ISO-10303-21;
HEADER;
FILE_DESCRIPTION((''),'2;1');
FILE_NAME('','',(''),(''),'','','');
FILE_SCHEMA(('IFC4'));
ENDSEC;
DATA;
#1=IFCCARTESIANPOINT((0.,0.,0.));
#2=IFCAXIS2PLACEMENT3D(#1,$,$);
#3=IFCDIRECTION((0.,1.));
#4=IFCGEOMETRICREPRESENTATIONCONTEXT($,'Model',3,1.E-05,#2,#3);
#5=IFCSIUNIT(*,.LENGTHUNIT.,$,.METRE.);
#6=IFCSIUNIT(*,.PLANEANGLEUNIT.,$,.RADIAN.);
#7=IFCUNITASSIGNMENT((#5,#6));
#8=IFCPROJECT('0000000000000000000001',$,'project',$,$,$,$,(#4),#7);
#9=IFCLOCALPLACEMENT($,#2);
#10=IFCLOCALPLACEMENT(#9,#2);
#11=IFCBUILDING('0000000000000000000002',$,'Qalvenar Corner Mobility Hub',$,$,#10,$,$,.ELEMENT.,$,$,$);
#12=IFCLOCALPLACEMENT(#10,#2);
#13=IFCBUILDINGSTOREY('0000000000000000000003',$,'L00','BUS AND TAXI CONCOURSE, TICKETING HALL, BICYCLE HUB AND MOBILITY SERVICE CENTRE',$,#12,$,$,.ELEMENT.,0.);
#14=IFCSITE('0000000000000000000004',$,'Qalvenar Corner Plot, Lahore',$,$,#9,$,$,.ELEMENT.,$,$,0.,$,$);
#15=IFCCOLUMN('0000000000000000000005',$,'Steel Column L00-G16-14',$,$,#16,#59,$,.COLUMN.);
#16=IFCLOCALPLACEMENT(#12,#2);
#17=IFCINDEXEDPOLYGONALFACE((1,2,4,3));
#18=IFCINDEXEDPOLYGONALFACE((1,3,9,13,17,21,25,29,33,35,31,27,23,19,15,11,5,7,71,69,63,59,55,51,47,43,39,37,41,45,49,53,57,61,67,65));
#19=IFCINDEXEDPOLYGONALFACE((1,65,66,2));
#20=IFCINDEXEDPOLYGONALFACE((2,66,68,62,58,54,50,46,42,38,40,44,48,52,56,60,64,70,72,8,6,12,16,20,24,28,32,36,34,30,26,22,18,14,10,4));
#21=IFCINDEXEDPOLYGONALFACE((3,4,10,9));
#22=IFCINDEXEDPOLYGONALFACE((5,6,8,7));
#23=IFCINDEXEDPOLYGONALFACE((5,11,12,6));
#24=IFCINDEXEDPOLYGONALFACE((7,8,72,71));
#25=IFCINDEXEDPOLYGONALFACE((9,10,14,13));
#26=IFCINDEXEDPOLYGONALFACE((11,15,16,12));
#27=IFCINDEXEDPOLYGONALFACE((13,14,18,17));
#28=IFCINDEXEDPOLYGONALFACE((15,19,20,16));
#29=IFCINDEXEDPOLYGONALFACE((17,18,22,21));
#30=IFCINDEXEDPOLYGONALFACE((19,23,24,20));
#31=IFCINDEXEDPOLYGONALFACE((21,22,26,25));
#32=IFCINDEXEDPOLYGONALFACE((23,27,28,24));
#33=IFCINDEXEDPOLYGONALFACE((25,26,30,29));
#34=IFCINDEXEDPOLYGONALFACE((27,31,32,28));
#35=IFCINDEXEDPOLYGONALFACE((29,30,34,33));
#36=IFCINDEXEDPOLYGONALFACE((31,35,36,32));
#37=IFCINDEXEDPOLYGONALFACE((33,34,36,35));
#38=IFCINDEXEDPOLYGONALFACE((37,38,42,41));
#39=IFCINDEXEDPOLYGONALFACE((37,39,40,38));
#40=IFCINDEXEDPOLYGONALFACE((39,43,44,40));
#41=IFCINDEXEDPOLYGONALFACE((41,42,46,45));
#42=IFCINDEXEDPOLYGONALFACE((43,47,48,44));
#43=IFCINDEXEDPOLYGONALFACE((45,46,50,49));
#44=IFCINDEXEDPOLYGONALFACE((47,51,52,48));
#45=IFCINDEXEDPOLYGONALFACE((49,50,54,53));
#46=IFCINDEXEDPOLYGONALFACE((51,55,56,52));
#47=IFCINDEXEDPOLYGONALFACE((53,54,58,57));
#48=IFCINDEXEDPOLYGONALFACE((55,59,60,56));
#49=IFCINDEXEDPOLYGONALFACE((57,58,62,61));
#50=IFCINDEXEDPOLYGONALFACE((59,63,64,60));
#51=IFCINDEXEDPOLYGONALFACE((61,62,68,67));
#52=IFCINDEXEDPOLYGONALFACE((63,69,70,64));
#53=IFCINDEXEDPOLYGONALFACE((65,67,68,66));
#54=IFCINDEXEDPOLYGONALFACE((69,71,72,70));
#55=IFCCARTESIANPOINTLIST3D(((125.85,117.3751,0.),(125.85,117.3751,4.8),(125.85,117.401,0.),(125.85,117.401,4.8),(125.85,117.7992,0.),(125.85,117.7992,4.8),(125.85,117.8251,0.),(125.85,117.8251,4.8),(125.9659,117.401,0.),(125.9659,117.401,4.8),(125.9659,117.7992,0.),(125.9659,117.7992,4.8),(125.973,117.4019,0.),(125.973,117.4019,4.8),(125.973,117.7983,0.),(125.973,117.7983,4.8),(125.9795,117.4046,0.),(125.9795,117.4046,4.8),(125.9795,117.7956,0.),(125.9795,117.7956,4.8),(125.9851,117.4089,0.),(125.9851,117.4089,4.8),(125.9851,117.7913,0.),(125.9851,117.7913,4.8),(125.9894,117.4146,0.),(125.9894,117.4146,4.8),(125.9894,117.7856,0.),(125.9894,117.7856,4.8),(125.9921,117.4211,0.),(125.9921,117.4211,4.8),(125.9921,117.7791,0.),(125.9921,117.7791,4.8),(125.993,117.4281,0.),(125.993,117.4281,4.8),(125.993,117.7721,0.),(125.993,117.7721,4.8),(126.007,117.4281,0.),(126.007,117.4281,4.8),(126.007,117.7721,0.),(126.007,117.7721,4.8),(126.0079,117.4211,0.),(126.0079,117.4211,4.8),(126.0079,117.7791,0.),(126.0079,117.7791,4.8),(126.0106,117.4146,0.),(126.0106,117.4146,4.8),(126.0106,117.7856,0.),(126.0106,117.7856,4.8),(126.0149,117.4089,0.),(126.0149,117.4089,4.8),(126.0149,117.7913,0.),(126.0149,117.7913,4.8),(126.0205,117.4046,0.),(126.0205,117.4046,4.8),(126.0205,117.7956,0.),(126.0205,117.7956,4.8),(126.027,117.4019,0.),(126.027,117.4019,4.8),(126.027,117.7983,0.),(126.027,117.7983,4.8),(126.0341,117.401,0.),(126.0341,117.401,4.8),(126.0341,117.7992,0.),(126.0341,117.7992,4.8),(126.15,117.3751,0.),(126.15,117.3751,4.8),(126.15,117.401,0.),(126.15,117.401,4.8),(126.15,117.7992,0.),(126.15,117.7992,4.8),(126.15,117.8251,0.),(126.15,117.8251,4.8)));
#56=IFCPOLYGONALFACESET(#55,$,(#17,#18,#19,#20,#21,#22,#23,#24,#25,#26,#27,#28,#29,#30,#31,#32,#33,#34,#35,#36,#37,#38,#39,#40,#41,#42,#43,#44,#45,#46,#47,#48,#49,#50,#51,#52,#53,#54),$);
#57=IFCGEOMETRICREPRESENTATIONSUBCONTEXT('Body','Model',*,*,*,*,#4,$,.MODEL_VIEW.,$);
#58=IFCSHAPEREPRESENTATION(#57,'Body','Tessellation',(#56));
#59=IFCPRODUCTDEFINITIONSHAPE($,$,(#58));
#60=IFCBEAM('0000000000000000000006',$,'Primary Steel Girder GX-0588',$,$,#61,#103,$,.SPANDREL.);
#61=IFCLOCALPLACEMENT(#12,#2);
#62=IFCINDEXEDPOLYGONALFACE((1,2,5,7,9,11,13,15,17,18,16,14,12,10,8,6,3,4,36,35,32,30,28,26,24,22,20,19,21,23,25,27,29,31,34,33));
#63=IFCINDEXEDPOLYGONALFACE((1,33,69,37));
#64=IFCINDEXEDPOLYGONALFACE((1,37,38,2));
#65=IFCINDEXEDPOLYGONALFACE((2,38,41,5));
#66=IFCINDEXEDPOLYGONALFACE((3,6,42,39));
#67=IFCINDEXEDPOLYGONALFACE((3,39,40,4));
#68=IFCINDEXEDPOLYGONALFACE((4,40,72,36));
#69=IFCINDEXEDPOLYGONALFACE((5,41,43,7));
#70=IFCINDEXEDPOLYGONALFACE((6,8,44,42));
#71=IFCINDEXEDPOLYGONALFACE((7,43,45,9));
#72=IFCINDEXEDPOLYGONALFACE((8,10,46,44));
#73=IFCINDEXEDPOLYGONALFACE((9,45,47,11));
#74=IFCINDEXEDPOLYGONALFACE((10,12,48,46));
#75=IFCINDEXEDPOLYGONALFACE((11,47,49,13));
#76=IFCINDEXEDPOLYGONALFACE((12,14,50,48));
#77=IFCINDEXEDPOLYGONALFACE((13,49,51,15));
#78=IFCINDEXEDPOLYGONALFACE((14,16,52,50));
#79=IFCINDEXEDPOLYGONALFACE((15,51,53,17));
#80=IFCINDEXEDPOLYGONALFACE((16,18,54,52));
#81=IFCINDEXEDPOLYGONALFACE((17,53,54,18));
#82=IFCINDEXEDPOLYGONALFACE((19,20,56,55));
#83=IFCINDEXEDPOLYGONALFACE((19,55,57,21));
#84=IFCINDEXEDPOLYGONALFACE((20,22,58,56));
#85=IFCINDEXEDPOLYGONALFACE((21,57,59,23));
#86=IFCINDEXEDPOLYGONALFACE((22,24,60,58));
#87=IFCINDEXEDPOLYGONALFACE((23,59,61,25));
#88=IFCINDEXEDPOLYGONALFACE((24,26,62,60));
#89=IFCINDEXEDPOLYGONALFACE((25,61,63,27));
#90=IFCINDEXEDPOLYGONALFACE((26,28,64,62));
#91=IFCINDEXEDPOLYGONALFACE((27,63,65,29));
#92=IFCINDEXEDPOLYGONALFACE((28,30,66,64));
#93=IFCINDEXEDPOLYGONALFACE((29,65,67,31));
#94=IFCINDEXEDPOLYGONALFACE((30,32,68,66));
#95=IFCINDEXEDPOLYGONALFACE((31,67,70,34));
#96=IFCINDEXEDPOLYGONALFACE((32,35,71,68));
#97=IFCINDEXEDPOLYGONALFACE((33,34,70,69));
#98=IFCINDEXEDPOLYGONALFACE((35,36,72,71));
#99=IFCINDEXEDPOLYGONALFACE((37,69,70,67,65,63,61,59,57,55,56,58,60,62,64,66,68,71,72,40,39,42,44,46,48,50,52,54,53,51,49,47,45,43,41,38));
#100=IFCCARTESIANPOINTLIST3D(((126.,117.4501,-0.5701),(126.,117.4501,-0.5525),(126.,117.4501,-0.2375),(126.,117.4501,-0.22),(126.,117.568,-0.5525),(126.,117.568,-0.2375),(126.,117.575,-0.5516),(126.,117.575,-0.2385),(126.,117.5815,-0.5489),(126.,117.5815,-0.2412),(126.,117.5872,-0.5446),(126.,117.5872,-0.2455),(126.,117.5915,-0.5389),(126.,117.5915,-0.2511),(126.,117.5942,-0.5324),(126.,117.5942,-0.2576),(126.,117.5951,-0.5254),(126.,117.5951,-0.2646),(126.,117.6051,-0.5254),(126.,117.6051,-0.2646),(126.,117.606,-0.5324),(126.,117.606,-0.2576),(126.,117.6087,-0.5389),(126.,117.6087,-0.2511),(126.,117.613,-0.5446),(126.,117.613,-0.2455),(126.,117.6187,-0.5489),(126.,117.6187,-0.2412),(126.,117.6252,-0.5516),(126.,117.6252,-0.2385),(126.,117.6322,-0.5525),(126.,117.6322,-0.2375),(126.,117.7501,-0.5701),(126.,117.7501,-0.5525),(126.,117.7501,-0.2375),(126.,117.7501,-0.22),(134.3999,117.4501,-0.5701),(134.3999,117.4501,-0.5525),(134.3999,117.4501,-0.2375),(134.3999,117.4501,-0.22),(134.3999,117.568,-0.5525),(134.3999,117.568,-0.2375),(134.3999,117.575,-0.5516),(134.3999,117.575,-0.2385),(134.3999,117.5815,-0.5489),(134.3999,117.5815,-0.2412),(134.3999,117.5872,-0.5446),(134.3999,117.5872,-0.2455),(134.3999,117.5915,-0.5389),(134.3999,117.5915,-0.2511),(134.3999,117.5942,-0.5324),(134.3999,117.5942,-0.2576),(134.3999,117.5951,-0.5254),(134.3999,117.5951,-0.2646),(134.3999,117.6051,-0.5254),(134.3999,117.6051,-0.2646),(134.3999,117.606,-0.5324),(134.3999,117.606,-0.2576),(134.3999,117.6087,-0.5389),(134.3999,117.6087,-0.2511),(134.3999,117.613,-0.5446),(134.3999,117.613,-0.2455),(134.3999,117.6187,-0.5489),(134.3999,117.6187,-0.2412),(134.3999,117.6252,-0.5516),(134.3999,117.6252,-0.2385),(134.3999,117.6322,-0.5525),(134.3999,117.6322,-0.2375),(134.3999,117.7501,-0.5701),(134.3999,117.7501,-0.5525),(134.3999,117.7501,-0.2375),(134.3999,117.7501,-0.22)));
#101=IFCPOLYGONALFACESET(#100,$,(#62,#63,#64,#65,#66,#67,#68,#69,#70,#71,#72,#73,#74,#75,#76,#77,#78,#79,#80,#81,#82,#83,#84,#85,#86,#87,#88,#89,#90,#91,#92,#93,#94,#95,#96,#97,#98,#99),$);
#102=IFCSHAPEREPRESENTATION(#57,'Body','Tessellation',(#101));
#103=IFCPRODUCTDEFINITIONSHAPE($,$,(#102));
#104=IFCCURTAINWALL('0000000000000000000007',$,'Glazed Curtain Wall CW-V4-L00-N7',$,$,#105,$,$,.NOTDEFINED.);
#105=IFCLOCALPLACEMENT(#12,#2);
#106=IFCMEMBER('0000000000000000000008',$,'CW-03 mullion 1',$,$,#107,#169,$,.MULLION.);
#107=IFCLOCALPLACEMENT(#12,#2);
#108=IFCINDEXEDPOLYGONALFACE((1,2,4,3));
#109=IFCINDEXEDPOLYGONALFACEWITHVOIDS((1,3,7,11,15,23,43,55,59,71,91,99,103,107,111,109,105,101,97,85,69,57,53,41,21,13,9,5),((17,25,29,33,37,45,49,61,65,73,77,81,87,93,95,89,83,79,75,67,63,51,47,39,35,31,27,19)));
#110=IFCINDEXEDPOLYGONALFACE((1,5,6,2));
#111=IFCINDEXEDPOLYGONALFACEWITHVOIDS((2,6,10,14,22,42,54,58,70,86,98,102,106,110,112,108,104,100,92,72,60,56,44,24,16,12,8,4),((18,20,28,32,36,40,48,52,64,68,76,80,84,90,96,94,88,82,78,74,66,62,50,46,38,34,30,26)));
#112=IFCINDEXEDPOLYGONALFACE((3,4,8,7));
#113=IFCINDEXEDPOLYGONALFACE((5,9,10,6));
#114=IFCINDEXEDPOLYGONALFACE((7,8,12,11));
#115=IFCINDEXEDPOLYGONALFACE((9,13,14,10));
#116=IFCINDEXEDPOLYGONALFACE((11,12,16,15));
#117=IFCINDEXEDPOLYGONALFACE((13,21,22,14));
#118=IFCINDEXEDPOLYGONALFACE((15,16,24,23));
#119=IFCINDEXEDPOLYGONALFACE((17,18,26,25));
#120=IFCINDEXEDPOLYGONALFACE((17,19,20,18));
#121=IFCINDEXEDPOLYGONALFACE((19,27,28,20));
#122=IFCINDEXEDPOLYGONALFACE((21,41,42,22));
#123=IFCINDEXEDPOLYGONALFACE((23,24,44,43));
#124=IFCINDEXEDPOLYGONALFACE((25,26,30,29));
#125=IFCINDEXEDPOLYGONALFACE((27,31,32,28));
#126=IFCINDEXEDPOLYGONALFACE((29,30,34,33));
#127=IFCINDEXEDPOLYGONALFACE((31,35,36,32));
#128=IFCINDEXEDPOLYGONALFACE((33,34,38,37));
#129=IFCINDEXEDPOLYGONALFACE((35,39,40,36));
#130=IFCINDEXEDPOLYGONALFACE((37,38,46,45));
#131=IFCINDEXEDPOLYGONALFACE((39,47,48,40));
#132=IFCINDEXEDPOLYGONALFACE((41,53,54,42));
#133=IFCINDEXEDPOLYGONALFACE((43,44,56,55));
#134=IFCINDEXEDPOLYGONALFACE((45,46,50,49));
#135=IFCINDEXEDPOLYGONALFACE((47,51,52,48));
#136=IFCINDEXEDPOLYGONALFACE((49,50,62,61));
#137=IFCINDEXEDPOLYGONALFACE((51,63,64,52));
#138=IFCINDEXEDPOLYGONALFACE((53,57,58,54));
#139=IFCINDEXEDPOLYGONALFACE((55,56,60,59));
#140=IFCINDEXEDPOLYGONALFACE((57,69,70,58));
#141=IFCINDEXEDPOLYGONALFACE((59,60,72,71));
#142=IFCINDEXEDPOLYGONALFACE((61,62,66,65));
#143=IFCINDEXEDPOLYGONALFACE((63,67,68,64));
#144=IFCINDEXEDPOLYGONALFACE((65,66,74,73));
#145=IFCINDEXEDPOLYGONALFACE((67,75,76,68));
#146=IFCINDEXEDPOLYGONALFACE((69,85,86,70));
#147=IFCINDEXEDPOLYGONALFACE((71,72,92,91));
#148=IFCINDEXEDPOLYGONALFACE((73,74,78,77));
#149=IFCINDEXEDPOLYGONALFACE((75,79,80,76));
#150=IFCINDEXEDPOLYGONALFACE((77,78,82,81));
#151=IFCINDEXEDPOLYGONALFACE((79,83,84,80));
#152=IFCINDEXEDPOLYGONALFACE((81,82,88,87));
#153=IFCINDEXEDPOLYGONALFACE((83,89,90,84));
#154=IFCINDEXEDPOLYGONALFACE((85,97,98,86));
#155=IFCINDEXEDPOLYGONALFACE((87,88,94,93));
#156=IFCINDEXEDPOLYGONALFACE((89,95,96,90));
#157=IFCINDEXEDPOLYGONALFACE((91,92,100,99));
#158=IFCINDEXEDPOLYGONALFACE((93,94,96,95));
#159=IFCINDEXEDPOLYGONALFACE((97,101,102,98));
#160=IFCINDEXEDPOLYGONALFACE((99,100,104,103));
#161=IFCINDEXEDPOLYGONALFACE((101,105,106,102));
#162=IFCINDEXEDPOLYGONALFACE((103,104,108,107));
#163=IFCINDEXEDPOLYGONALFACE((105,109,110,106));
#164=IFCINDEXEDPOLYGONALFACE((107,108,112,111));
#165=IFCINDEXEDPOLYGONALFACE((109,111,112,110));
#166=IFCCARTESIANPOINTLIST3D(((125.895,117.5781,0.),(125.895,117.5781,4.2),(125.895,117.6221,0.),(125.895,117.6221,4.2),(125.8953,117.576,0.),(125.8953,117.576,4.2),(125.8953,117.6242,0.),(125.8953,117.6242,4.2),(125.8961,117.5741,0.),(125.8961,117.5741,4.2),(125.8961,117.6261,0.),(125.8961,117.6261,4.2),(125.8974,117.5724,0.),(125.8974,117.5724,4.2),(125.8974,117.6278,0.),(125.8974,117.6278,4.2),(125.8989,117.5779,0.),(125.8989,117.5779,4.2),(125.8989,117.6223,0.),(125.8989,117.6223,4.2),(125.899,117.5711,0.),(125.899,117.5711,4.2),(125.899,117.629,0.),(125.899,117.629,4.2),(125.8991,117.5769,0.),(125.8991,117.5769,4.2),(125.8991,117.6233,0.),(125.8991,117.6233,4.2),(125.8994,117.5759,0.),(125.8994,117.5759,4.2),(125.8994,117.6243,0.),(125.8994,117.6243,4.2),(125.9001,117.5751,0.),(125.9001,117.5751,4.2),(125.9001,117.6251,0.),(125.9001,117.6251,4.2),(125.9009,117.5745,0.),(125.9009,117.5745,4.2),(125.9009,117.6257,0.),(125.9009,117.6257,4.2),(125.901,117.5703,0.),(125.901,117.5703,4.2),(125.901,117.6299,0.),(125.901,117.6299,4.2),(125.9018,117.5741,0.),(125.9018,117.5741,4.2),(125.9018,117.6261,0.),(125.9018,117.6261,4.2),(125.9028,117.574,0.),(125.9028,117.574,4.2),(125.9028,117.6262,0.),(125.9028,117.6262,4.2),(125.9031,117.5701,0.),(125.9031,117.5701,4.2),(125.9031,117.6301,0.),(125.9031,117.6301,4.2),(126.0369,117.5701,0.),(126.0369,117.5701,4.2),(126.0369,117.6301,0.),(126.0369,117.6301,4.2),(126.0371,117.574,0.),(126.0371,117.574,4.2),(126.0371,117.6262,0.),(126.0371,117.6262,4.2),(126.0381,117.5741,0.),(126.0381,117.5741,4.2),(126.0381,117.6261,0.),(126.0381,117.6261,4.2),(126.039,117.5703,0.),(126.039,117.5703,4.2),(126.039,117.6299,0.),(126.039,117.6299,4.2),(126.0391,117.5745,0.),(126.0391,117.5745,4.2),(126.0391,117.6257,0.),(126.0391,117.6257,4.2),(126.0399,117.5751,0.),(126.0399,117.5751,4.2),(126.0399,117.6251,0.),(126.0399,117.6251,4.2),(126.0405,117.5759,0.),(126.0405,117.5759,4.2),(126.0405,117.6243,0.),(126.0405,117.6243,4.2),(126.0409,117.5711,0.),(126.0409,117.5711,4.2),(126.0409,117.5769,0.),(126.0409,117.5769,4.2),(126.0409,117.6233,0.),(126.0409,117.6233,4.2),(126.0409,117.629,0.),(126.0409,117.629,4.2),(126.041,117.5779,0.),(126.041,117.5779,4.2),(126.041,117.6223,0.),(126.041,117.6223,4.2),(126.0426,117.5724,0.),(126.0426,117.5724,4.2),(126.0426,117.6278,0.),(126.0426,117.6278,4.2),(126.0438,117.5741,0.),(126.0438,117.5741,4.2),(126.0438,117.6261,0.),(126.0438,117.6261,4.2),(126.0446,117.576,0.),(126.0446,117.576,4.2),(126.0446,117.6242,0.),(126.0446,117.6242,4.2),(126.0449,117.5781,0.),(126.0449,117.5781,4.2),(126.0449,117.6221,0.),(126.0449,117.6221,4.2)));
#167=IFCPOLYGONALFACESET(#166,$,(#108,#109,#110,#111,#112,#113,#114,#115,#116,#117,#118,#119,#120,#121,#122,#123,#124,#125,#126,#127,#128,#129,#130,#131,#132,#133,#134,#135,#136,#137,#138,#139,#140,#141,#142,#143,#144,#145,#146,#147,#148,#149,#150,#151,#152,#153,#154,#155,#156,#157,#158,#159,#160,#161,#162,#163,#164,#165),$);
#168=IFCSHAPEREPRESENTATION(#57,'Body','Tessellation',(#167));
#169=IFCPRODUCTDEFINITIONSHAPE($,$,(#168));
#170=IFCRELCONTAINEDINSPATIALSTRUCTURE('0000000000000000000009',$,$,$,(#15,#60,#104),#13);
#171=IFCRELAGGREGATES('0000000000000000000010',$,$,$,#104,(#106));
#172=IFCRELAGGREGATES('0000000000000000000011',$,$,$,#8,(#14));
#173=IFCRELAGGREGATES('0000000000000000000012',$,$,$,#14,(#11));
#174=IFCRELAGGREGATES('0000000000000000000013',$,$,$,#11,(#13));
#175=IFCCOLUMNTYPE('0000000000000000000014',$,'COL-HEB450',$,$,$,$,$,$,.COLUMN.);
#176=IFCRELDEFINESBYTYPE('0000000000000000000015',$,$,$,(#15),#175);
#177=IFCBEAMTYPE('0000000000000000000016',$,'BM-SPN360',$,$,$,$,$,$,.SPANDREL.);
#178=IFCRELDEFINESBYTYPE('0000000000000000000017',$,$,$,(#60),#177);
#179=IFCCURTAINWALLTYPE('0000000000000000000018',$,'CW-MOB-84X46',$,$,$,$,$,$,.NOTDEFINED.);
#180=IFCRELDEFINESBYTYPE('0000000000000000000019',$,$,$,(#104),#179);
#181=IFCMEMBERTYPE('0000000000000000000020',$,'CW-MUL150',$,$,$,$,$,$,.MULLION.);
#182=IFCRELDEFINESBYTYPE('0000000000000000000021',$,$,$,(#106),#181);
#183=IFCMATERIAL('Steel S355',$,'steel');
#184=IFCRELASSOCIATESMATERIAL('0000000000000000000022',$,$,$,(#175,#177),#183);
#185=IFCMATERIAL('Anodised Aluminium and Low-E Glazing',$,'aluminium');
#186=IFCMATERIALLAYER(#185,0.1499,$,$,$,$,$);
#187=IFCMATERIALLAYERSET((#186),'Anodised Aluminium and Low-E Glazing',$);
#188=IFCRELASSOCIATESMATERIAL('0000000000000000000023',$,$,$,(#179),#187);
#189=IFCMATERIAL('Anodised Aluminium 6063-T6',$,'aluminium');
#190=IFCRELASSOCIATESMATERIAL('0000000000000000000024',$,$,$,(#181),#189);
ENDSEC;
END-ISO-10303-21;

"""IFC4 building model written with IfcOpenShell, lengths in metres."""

from ifc_helpers import new_model, si_unit, direction, frame, origin, origin_2d, place, context, subcontext, project, spatial, hollow_rectangle, i_section, extrude, material, layer, layer_set, material_profile, profile_set, type_object, element, aggregate, save


model = new_model("IFC4")

# Units and contexts
model_context = context("Model", 3, precision=1e-05, world=origin(), true_north=direction((0.0, 1.0)))
body_context = subcontext(model_context, "Body", "Model", "MODEL_VIEW")
ifc_project = project(units=[si_unit("LENGTHUNIT", "METRE"), si_unit("PLANEANGLEUNIT", "RADIAN")], contexts=[model_context])

# Site, building, storey
site_placement = place(None, origin())
site = spatial("IfcSite", under=ifc_project, at=site_placement, Name="Qalvenar Corner Plot, Lahore", CompositionType="ELEMENT", RefElevation=0.0)
building_placement = place(site_placement, origin())
building = spatial("IfcBuilding", under=site, at=building_placement, Name="Qalvenar Corner Mobility Hub", CompositionType="ELEMENT")
storey_placement = place(building_placement, origin())
storey = spatial("IfcBuildingStorey", under=building, at=storey_placement, Name="L00", Description="BUS AND TAXI CONCOURSE, TICKETING HALL, BICYCLE HUB AND MOBILITY SERVICE CENTRE", CompositionType="ELEMENT", Elevation=0.0)

# Column
ifc_material_1 = material(Name="Steel S355", Category="steel")
ifc_material_profile_1 = material_profile(ifc_material_1, i_section(OverallWidth=0.3, OverallDepth=0.45, WebThickness=0.0139, FlangeThickness=0.0259, FilletRadius=0.0271, at=origin_2d()), Name="HEB450")
ifc_profile_set_1 = profile_set([ifc_material_profile_1], Name="Steel S355")
column_type = type_object("IfcColumnType", Name="COL-HEB450", PredefinedType="COLUMN", material=ifc_profile_set_1)
column_placement = place(storey_placement, frame((126.0, 117.6001, 0.0), z_axis=(0.0, 0.0, 1.0), x_axis=(1.0, 0.0, 0.0)))
element("IfcColumn", 1, at=column_placement, inside=storey, type_object=column_type, Name="Steel Column L00-G16-14", PredefinedType="COLUMN", context=body_context, shape_type="SweptSolid", body=[
    extrude(i_section(OverallWidth=0.3, OverallDepth=0.45, WebThickness=0.0139, FlangeThickness=0.0259, FilletRadius=0.0271, at=origin_2d()), origin(), (0.0, 0.0, 1.0), 4.8),
])

# Beam
ifc_material_profile_2 = material_profile(ifc_material_1, i_section(OverallWidth=0.3, OverallDepth=0.3501, WebThickness=0.01, FlangeThickness=0.0176, FilletRadius=0.0271, at=origin_2d()), Name="HEA360")
ifc_profile_set_2 = profile_set([ifc_material_profile_2], Name="Steel S355")
beam_type = type_object("IfcBeamType", Name="BM-SPN360", PredefinedType="SPANDREL", material=ifc_profile_set_2)
beam_placement = place(storey_placement, frame((126.0, 117.6001, -0.395), z_axis=(1.0, 0.0, 0.0), x_axis=(0.0, 1.0, 0.0)))
element("IfcBeam", 2, at=beam_placement, inside=storey, type_object=beam_type, Name="Primary Steel Girder GX-0588", PredefinedType="SPANDREL", context=body_context, shape_type="SweptSolid", body=[
    extrude(i_section(OverallWidth=0.3, OverallDepth=0.3501, WebThickness=0.01, FlangeThickness=0.0176, FilletRadius=0.0271, at=origin_2d()), origin(), (0.0, 0.0, 1.0), 8.3999),
])

# Curtain wall, member
ifc_material_2 = material(Name="Anodised Aluminium and Low-E Glazing", Category="aluminium")
ifc_layer_1 = layer(ifc_material_2, 0.1499)
ifc_layer_set_1 = layer_set([ifc_layer_1], Name="Anodised Aluminium and Low-E Glazing")
curtain_wall_type = type_object("IfcCurtainWallType", Name="CW-MOB-84X46", PredefinedType="NOTDEFINED", material=ifc_layer_set_1)
curtain_wall_1_placement = place(storey_placement, origin())
curtain_wall_1 = element("IfcCurtainWall", 3, at=curtain_wall_1_placement, inside=storey, type_object=curtain_wall_type, Name="Glazed Curtain Wall CW-V4-L00-N7", PredefinedType="NOTDEFINED")
ifc_material_3 = material(Name="Anodised Aluminium 6063-T6", Category="aluminium")
ifc_material_profile_3 = material_profile(ifc_material_3, hollow_rectangle(XDim=0.0601, YDim=0.1499, WallThickness=0.0039, InnerFilletRadius=0.0039, OuterFilletRadius=0.0081, at=origin_2d()), Name="RHS150x60x4")
ifc_profile_set_3 = profile_set([ifc_material_profile_3], Name="Anodised Aluminium 6063-T6")
member_type_1 = type_object("IfcMemberType", Name="CW-MUL150", PredefinedType="MULLION", material=ifc_profile_set_3)
member_1_placement = place(storey_placement, frame((125.97, 117.6001, 0.0), z_axis=(0.0, 0.0, 1.0), x_axis=(0.0, -1.0, 0.0)))
member_1 = element("IfcMember", 4, at=member_1_placement, type_object=member_type_1, Name="CW-03 mullion 1", PredefinedType="MULLION", context=body_context, shape_type="SweptSolid", body=[
    extrude(hollow_rectangle(XDim=0.0601, YDim=0.1499, WallThickness=0.0039, InnerFilletRadius=0.0039, OuterFilletRadius=0.0081, at=origin_2d()), origin(), (0.0, 0.0, 1.0), 4.2),
])
aggregate(curtain_wall_1, [member_1])

save(model, "model.ifc")
